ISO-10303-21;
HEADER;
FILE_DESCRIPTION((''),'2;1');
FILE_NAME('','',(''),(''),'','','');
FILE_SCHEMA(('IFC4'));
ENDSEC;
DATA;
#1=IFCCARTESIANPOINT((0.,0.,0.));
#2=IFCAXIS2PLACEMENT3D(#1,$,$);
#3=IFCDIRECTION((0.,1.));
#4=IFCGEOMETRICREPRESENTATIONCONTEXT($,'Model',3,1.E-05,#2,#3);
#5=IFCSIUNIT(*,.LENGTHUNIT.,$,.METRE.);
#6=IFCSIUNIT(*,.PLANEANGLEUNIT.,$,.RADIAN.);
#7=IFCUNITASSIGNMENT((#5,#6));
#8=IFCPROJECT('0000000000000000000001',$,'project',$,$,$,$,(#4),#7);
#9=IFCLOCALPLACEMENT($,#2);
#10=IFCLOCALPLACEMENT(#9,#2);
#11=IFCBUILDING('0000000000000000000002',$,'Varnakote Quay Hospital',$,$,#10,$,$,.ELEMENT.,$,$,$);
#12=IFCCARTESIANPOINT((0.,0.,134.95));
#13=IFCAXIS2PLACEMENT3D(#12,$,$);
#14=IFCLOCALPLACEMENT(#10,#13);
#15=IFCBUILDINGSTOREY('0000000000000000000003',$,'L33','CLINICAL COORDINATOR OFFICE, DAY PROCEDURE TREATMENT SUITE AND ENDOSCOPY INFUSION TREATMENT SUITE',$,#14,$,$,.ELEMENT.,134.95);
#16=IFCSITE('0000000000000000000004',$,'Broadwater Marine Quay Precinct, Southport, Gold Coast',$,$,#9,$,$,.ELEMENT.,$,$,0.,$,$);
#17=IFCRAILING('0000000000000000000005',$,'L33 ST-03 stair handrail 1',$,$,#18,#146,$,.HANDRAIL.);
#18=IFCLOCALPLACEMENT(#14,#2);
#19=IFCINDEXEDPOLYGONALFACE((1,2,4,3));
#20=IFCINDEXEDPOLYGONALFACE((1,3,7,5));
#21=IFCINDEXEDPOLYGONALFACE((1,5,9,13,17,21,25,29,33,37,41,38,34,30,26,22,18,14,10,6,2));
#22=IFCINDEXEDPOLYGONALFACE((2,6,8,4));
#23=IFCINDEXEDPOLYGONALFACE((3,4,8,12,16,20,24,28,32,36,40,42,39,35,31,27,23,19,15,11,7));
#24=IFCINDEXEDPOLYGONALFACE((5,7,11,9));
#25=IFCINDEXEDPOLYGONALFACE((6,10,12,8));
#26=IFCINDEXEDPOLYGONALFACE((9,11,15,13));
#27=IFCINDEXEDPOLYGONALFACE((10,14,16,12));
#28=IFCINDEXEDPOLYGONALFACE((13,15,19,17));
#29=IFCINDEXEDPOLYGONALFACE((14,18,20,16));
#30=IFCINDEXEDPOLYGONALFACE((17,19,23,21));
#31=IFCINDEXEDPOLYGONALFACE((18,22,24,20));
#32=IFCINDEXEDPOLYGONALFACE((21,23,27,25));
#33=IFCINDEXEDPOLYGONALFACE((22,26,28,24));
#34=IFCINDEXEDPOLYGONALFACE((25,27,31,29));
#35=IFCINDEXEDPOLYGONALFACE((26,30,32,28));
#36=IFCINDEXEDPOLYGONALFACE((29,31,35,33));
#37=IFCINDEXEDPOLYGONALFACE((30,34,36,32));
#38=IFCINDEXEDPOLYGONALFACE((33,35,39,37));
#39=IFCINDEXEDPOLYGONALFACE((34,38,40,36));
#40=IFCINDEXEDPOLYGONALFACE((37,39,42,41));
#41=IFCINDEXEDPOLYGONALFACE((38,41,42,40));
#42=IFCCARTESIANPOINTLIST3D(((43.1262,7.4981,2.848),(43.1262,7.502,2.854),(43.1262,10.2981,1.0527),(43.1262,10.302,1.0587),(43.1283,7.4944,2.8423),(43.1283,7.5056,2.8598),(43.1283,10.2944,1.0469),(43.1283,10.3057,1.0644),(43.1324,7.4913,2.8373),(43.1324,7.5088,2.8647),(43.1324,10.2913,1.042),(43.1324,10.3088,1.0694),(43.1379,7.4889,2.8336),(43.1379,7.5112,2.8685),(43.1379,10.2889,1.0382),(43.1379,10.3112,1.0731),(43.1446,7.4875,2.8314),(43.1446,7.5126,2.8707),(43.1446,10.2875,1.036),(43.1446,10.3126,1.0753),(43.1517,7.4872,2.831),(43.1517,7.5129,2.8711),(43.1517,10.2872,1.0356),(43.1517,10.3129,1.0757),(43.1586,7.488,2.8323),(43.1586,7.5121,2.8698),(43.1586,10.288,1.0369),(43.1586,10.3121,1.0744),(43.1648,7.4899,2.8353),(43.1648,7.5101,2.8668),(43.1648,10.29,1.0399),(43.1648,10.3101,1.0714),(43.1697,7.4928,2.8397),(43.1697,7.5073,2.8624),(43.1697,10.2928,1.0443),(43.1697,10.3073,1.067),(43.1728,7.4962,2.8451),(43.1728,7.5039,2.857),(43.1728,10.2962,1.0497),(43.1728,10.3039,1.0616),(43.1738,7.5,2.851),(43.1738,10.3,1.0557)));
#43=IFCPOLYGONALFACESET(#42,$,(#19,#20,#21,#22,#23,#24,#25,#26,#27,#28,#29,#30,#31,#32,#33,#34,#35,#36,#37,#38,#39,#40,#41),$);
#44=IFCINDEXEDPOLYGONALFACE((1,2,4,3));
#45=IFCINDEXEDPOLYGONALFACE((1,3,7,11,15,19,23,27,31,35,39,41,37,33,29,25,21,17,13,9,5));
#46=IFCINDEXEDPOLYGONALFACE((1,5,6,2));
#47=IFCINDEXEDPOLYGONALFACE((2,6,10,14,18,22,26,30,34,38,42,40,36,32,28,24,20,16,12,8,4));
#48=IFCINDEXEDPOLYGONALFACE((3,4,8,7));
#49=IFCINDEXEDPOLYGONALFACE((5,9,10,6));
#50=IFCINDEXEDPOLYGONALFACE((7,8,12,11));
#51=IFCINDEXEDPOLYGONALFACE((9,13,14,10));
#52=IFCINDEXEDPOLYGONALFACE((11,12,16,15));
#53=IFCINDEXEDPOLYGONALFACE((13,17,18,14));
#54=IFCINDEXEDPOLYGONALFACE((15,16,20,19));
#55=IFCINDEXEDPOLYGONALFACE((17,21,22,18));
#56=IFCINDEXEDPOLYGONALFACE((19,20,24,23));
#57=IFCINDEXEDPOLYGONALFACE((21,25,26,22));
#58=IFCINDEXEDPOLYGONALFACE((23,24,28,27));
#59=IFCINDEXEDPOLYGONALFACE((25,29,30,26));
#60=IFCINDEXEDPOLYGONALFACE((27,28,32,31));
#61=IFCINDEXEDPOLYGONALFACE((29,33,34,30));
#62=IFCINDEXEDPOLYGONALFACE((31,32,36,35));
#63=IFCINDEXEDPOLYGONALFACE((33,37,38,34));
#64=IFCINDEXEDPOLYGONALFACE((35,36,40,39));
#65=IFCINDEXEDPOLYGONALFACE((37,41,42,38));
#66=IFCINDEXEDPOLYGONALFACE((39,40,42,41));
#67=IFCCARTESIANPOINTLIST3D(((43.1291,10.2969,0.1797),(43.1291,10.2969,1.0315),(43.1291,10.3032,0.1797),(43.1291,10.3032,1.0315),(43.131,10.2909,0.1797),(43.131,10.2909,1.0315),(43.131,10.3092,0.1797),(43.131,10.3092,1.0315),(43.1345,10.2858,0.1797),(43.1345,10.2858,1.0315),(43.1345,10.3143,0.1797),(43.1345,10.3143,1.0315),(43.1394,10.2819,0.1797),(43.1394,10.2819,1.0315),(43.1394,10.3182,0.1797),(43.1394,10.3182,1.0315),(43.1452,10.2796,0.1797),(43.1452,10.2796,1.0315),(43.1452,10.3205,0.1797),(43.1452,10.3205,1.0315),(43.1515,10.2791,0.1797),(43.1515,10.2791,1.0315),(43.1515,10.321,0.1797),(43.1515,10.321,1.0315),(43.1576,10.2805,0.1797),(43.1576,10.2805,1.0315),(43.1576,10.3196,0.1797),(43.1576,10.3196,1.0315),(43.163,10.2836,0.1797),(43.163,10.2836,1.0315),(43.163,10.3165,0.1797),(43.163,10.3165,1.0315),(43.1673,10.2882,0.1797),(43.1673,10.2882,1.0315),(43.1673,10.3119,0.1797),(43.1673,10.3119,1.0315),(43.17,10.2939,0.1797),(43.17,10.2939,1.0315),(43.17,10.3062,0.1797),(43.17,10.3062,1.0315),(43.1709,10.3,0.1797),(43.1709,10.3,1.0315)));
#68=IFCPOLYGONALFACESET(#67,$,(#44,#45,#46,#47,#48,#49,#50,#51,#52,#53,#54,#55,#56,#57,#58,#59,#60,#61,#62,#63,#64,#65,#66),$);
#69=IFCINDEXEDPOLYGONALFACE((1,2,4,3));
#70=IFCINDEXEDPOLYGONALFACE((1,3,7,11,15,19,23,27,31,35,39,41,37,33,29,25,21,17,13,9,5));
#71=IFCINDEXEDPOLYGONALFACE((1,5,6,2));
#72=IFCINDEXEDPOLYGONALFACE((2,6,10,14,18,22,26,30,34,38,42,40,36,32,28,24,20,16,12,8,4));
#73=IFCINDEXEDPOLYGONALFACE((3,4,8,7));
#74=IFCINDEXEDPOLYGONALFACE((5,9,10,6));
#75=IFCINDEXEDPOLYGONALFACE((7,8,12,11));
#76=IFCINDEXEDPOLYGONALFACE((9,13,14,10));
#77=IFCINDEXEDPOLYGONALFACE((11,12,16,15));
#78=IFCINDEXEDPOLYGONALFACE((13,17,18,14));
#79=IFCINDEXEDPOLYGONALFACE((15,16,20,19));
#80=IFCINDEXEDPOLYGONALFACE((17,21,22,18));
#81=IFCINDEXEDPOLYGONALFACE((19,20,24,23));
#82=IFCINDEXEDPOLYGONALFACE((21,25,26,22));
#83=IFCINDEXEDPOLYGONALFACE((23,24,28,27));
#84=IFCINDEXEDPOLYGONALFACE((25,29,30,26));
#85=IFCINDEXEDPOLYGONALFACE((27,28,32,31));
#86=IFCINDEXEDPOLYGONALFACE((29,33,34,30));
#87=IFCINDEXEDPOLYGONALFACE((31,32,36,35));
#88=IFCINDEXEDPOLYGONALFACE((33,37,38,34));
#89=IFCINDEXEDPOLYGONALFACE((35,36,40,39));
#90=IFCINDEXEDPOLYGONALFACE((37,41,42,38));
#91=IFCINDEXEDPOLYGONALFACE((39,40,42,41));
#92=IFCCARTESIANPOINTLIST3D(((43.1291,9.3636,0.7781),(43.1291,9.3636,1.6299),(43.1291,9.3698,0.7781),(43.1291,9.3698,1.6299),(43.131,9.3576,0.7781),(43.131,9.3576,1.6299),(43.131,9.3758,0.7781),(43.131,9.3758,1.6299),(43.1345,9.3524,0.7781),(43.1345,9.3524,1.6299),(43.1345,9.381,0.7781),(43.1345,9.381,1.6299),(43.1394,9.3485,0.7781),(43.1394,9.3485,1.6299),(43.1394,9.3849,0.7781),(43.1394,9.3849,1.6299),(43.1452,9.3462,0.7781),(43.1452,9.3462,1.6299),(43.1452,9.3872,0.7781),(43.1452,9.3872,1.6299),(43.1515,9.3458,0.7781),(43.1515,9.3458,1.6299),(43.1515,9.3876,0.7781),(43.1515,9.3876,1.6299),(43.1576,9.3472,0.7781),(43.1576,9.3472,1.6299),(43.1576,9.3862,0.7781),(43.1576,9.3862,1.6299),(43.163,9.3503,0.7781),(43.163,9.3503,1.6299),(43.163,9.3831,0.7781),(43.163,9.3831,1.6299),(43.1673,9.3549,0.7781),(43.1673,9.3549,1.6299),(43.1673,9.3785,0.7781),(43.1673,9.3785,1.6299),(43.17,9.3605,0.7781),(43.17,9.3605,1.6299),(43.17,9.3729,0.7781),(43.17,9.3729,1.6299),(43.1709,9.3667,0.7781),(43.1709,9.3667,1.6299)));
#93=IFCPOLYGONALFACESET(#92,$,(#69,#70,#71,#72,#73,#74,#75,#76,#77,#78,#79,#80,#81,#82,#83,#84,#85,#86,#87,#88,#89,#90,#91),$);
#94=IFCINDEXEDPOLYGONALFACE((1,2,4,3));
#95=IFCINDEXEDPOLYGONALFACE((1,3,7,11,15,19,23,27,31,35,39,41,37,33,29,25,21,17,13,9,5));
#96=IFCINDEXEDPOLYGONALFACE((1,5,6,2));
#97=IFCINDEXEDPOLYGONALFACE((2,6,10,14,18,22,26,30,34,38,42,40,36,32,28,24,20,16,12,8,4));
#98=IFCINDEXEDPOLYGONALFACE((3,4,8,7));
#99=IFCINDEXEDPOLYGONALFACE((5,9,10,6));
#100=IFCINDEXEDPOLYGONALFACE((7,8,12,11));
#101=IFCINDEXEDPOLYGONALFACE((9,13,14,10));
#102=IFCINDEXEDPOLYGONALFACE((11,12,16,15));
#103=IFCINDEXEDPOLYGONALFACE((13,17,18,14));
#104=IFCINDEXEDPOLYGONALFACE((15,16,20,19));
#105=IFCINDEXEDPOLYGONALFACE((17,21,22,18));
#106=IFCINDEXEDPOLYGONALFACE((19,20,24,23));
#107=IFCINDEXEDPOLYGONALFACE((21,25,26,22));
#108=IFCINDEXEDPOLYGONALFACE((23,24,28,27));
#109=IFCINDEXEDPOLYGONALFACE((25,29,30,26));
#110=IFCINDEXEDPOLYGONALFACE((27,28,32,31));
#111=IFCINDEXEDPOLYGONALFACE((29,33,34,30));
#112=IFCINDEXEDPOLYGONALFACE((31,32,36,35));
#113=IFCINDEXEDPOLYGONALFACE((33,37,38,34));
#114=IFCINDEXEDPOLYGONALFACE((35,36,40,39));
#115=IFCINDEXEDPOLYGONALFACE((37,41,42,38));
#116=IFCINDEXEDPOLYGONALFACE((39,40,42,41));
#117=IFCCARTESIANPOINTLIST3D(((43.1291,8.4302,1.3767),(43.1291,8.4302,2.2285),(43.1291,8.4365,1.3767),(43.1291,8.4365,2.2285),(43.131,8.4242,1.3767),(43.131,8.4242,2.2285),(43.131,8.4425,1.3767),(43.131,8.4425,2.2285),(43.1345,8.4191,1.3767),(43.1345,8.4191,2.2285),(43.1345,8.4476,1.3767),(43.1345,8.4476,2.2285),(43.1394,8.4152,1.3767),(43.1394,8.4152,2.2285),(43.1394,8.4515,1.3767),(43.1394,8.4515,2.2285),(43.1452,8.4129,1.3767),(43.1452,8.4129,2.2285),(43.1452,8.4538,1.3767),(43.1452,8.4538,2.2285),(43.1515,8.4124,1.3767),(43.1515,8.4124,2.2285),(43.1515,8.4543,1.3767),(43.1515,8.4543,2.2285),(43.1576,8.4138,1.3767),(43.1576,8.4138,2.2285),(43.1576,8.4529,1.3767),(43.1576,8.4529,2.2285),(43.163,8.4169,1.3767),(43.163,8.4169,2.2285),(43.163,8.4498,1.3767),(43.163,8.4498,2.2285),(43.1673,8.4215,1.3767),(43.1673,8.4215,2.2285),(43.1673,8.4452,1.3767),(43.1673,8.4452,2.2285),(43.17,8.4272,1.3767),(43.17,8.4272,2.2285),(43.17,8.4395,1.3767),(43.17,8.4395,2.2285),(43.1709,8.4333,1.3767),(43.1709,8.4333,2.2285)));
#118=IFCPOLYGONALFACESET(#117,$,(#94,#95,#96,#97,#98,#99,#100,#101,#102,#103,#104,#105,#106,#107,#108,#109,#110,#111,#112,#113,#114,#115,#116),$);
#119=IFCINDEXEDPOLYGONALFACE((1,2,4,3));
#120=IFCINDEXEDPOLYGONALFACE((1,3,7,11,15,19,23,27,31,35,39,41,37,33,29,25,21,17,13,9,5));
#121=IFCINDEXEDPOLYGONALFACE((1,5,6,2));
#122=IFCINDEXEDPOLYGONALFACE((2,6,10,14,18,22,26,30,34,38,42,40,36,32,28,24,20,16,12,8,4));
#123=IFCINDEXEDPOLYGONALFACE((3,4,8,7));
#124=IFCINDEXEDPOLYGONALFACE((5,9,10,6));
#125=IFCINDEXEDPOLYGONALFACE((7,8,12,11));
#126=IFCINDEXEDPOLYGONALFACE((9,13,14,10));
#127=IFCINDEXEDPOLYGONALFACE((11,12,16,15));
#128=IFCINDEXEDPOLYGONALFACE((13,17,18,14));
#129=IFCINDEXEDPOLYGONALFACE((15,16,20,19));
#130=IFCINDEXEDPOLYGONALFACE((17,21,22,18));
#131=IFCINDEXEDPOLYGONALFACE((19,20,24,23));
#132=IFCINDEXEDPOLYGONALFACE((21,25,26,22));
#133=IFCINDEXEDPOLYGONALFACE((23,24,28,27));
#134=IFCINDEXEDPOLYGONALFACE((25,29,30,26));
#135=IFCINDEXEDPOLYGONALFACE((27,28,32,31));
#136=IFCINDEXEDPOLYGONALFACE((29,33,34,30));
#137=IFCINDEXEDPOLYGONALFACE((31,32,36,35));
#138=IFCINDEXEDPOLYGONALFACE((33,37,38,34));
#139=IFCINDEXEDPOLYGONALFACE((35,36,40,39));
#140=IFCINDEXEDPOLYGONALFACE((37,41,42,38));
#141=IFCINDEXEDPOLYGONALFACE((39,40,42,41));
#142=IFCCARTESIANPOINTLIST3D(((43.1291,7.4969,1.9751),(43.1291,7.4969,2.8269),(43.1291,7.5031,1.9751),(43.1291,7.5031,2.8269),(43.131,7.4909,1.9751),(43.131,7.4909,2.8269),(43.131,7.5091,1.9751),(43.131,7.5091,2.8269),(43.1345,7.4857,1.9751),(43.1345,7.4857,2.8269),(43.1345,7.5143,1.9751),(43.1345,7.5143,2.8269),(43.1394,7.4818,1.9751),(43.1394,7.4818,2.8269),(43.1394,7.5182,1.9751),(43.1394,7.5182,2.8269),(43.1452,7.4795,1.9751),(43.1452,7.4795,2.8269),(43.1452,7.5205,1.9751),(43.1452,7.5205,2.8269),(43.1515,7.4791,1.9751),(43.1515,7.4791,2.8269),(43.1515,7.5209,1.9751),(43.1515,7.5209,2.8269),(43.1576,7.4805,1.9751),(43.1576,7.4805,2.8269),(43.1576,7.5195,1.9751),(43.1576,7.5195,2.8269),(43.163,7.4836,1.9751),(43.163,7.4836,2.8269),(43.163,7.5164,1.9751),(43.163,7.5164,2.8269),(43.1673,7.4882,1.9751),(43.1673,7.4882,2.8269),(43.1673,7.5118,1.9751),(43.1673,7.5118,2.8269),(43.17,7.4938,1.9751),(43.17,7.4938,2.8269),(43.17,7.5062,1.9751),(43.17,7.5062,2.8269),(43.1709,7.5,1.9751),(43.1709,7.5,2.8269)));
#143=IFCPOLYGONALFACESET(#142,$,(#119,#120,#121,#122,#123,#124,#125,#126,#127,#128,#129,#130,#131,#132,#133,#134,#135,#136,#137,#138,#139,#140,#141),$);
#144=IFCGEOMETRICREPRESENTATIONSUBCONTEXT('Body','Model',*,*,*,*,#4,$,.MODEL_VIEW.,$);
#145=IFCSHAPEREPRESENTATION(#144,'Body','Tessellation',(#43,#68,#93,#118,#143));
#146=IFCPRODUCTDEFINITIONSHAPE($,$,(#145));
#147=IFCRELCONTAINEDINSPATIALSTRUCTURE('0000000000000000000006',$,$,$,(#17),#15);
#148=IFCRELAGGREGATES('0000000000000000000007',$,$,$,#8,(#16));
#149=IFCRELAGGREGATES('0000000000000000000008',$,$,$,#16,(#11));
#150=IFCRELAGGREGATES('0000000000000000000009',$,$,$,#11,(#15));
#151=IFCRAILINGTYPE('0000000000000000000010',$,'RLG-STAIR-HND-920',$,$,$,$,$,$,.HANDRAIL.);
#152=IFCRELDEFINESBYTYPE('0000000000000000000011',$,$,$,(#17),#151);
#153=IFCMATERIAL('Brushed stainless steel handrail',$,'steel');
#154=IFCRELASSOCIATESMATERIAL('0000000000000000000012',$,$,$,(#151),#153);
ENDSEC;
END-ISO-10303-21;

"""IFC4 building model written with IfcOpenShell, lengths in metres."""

from ifc_helpers import new_model, si_unit, direction, frame, origin, origin_2d, place, context, subcontext, project, spatial, circle, extrude, material, type_object, element, save


model = new_model("IFC4")

# Units and contexts
model_context = context("Model", 3, precision=1e-05, world=origin(), true_north=direction((0.0, 1.0)))
body_context = subcontext(model_context, "Body", "Model", "MODEL_VIEW")
ifc_project = project(units=[si_unit("LENGTHUNIT", "METRE"), si_unit("PLANEANGLEUNIT", "RADIAN")], contexts=[model_context])

# Site, building, storey
site_placement = place(None, origin())
site = spatial("IfcSite", under=ifc_project, at=site_placement, Name="Broadwater Marine Quay Precinct, Southport, Gold Coast", CompositionType="ELEMENT", RefElevation=0.0)
building_placement = place(site_placement, origin())
building = spatial("IfcBuilding", under=site, at=building_placement, Name="Varnakote Quay Hospital", CompositionType="ELEMENT")
storey_placement = place(building_placement, frame((0.0, 0.0, 134.95)))
storey = spatial("IfcBuildingStorey", under=building, at=storey_placement, Name="L33", Description="CLINICAL COORDINATOR OFFICE, DAY PROCEDURE TREATMENT SUITE AND ENDOSCOPY INFUSION TREATMENT SUITE", CompositionType="ELEMENT", Elevation=134.95)

# Railing
ifc_material_1 = material(Name="Brushed stainless steel handrail", Category="steel")
railing_type_1 = type_object("IfcRailingType", Name="RLG-STAIR-HND-920", PredefinedType="HANDRAIL", material=ifc_material_1)
railing_1_placement = place(storey_placement, frame((43.1499, 10.3, 0.1797)))
element("IfcRailing", 1, at=railing_1_placement, inside=storey, type_object=railing_type_1, Name="L33 ST-03 stair handrail 1", PredefinedType="HANDRAIL", context=body_context, shape_type="SweptSolid", body=[
    extrude(circle(Radius=0.0239, at=origin_2d()), frame((0.0, 0.0, 0.876), z_axis=(0.0, -0.84181, 0.539774), x_axis=(1.0, 0.0, 0.0)), (0.0, 0.0, 1.0), 3.3262),
    extrude(circle(Radius=0.021, at=origin_2d()), origin(), (0.0, 0.0, 1.0), 0.8518),
    extrude(circle(Radius=0.021, at=origin_2d()), frame((0.0, -0.9333, 0.5984)), (0.0, 0.0, 1.0), 0.8518),
    extrude(circle(Radius=0.021, at=origin_2d()), frame((0.0, -1.8667, 1.197)), (0.0, 0.0, 1.0), 0.8518),
    extrude(circle(Radius=0.021, at=origin_2d()), frame((0.0, -2.8, 1.7954)), (0.0, 0.0, 1.0), 0.8518),
])

save(model, "model.ifc")
